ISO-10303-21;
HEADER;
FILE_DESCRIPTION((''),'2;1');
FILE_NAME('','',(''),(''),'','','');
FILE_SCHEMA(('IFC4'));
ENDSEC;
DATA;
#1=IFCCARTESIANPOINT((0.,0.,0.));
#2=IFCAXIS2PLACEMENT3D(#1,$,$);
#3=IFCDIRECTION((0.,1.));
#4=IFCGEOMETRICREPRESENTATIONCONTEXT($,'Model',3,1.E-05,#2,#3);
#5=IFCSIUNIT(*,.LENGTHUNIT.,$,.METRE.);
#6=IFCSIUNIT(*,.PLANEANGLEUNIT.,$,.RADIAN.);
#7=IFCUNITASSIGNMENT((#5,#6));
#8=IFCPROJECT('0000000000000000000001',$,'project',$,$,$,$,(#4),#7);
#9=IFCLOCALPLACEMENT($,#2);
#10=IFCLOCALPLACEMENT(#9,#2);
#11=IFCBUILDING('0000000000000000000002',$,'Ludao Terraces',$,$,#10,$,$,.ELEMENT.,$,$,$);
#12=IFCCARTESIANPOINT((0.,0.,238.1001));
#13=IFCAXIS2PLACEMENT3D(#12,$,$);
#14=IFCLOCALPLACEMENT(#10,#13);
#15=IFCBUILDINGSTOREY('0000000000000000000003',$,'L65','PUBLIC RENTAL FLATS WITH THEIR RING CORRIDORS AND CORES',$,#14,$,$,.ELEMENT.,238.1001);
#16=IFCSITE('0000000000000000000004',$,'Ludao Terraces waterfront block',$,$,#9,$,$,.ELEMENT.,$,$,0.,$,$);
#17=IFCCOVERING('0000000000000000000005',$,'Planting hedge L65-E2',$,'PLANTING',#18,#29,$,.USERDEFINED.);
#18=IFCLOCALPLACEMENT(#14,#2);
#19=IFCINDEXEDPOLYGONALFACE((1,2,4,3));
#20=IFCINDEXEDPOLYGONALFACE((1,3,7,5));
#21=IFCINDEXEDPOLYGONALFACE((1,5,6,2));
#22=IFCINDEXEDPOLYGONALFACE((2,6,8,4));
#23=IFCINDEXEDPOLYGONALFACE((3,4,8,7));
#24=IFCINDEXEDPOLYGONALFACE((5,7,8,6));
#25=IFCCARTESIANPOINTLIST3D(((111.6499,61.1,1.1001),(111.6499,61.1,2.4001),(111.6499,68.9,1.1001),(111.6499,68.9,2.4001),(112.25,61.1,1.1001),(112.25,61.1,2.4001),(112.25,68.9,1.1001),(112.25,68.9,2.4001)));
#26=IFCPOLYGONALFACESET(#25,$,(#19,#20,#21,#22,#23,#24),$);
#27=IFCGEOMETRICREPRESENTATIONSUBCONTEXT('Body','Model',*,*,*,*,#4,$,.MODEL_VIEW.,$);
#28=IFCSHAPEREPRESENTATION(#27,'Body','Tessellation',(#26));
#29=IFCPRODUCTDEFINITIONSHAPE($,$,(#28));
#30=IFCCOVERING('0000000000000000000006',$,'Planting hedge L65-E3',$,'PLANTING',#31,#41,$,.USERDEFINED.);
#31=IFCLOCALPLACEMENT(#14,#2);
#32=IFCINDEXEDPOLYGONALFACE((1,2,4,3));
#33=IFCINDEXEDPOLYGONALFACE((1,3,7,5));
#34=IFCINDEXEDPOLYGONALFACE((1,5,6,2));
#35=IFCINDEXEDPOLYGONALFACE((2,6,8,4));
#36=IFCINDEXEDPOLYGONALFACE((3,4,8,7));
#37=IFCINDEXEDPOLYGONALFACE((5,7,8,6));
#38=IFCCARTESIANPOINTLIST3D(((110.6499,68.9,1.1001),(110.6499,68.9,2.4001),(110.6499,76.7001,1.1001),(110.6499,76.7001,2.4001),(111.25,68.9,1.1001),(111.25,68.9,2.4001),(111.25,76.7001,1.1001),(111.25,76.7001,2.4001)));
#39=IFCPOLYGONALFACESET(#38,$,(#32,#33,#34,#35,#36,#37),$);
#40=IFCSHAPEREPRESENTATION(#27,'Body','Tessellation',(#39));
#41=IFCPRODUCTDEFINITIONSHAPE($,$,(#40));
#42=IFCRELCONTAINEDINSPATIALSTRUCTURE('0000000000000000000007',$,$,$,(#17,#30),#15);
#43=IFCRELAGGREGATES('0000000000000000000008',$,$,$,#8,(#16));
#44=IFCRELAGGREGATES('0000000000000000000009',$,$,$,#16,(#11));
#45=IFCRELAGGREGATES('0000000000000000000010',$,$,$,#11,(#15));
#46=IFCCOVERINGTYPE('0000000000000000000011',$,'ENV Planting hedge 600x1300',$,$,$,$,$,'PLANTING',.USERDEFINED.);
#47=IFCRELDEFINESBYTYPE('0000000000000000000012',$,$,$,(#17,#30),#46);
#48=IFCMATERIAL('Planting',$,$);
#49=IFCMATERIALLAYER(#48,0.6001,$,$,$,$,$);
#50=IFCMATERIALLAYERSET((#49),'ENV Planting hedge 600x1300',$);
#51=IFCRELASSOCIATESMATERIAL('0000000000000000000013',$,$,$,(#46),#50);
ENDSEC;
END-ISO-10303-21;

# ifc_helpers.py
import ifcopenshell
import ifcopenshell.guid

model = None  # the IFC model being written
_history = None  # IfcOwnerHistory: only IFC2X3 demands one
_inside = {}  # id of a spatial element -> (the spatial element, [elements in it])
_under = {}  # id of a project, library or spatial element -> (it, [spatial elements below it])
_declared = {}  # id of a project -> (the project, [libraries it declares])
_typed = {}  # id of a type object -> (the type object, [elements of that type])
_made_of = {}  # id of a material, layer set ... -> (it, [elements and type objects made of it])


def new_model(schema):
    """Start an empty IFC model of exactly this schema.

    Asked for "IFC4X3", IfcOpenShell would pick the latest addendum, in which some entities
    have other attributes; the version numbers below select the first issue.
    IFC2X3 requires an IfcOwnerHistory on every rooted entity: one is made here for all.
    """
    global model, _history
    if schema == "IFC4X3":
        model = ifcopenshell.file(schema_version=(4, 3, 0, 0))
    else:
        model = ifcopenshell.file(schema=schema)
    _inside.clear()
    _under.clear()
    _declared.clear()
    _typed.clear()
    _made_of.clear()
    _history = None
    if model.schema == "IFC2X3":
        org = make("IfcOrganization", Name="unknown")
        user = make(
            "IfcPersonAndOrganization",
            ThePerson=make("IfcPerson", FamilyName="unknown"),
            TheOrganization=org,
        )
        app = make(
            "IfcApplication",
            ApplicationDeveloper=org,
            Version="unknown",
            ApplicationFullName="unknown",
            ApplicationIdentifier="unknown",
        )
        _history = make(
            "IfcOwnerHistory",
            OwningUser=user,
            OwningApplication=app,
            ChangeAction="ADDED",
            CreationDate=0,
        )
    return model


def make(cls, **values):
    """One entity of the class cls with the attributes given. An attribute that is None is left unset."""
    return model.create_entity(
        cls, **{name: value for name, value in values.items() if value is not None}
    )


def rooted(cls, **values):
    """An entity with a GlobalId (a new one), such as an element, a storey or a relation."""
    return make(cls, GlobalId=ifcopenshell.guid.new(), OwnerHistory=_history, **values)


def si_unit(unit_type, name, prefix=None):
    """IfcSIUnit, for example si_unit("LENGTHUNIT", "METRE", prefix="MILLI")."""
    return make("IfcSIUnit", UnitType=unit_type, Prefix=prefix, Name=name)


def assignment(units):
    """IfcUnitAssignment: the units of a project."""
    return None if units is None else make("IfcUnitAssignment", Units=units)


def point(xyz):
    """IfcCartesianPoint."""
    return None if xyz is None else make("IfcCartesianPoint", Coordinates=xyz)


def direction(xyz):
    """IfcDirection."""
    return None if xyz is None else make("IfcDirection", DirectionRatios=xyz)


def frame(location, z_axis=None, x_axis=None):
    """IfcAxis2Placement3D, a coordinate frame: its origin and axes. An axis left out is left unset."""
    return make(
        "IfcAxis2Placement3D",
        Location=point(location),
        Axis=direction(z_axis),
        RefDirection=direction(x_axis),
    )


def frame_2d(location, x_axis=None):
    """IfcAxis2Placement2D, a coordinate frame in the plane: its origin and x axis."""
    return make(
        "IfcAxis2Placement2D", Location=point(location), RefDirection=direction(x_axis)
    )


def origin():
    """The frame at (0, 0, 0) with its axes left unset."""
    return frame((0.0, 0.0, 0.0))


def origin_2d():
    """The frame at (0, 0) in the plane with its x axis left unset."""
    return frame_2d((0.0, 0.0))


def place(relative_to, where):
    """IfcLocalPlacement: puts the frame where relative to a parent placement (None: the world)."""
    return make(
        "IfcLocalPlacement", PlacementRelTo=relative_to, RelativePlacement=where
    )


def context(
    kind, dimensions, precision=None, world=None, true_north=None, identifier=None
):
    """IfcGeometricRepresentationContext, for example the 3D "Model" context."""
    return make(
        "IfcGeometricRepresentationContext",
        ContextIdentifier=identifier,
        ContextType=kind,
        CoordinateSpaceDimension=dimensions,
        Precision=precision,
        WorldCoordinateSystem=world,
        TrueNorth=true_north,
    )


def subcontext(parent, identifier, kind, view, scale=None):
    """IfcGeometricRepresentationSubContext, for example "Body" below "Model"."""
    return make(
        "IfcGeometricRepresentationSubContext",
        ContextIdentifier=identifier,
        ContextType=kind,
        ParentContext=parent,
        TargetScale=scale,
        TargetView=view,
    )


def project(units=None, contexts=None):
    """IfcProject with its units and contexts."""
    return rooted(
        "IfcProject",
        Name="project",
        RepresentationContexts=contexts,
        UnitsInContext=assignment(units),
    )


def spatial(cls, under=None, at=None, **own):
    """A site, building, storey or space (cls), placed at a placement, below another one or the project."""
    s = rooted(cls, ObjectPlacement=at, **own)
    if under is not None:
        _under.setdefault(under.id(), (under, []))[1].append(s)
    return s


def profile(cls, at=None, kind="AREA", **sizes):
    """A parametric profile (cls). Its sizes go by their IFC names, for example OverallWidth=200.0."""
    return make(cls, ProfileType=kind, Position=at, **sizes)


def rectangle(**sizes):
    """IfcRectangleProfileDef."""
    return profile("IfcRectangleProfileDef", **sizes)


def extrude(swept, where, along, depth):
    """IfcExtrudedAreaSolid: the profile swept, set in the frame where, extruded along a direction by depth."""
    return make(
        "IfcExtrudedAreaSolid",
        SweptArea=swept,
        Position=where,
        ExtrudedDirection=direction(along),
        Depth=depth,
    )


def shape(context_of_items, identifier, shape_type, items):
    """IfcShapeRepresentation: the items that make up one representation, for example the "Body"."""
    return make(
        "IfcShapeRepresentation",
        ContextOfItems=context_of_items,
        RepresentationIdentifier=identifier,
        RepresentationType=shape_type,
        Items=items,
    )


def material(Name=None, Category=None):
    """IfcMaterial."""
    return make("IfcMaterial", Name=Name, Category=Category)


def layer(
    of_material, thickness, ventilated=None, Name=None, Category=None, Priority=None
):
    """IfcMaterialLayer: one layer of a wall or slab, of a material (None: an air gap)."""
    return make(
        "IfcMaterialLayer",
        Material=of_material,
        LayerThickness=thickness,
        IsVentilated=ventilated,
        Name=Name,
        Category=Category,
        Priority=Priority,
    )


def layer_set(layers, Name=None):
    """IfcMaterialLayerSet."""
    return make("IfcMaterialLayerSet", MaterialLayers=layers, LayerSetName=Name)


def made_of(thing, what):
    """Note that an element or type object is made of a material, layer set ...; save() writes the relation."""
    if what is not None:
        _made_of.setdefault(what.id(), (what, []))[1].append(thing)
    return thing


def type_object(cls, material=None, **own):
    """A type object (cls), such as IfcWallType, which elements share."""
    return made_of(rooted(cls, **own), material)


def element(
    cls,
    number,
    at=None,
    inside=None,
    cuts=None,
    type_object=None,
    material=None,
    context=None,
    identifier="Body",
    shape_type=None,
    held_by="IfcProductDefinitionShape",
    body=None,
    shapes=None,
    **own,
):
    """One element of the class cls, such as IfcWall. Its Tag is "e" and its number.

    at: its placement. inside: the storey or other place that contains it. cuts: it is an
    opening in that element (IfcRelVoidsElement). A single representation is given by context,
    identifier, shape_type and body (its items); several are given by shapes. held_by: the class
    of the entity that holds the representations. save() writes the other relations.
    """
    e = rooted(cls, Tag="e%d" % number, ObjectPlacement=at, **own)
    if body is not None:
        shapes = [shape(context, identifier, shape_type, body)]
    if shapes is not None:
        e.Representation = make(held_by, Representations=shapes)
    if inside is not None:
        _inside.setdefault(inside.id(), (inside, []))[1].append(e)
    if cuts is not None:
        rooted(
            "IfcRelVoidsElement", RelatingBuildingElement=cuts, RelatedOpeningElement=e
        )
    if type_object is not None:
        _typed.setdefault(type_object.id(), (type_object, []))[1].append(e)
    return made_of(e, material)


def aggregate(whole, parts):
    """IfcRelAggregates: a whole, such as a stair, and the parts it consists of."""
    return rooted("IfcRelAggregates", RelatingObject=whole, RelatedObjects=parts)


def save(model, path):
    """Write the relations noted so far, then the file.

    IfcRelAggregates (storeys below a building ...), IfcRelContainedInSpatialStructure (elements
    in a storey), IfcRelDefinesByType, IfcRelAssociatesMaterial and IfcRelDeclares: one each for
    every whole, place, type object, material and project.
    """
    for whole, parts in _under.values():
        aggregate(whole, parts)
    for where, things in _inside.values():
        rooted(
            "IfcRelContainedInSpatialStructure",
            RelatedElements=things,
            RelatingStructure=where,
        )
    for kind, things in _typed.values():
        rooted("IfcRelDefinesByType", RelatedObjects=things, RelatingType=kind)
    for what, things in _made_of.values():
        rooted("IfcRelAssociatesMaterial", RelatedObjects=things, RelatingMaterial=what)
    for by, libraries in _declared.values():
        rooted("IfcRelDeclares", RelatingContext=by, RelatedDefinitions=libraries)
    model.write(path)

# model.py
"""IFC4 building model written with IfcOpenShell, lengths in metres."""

from ifc_helpers import new_model, si_unit, direction, frame, origin, origin_2d, place, context, subcontext, project, spatial, rectangle, extrude, material, layer, layer_set, type_object, element, save


model = new_model("IFC4")

# Units and contexts
model_context = context("Model", 3, precision=1e-05, world=origin(), true_north=direction((0.0, 1.0)))
body_context = subcontext(model_context, "Body", "Model", "MODEL_VIEW")
ifc_project = project(units=[si_unit("LENGTHUNIT", "METRE"), si_unit("PLANEANGLEUNIT", "RADIAN")], contexts=[model_context])

# Site, building, storey
site_placement = place(None, origin())
site = spatial("IfcSite", under=ifc_project, at=site_placement, Name="Ludao Terraces waterfront block", CompositionType="ELEMENT", RefElevation=0.0)
building_placement = place(site_placement, origin())
building = spatial("IfcBuilding", under=site, at=building_placement, Name="Ludao Terraces", CompositionType="ELEMENT")
storey_placement = place(building_placement, frame((0.0, 0.0, 238.1001)))
storey = spatial("IfcBuildingStorey", under=building, at=storey_placement, Name="L65", Description="PUBLIC RENTAL FLATS WITH THEIR RING CORRIDORS AND CORES", CompositionType="ELEMENT", Elevation=238.1001)

# Coverings
ifc_material_1 = material(Name="Planting")
ifc_layer_1 = layer(ifc_material_1, 0.6001)
ifc_layer_set_1 = layer_set([ifc_layer_1], Name="ENV Planting hedge 600x1300")
covering_type = type_object("IfcCoveringType", Name="ENV Planting hedge 600x1300", ElementType="PLANTING", PredefinedType="USERDEFINED", material=ifc_layer_set_1)
for number, where, z_axis, x_axis, name in (
    (1, (111.95, 65.0, 1.1001), (0.0, 0.0, 1.0), (1.0, 0.0, 0.0), "Planting hedge L65-E2"),
    (2, (110.95, 72.8, 1.1001), (0.0, 0.0, 1.0), (1.0, 0.0, 0.0), "Planting hedge L65-E3"),
):
    element("IfcCovering", number, at=place(storey_placement, frame(where, z_axis=z_axis, x_axis=x_axis)), inside=storey, type_object=covering_type, Name=name, ObjectType="PLANTING", PredefinedType="USERDEFINED", context=body_context, shape_type="SweptSolid", body=[
        extrude(rectangle(XDim=0.6001, YDim=7.8, at=origin_2d()), origin(), (0.0, 0.0, 1.0), 1.3),
    ])

save(model, "model.ifc")
